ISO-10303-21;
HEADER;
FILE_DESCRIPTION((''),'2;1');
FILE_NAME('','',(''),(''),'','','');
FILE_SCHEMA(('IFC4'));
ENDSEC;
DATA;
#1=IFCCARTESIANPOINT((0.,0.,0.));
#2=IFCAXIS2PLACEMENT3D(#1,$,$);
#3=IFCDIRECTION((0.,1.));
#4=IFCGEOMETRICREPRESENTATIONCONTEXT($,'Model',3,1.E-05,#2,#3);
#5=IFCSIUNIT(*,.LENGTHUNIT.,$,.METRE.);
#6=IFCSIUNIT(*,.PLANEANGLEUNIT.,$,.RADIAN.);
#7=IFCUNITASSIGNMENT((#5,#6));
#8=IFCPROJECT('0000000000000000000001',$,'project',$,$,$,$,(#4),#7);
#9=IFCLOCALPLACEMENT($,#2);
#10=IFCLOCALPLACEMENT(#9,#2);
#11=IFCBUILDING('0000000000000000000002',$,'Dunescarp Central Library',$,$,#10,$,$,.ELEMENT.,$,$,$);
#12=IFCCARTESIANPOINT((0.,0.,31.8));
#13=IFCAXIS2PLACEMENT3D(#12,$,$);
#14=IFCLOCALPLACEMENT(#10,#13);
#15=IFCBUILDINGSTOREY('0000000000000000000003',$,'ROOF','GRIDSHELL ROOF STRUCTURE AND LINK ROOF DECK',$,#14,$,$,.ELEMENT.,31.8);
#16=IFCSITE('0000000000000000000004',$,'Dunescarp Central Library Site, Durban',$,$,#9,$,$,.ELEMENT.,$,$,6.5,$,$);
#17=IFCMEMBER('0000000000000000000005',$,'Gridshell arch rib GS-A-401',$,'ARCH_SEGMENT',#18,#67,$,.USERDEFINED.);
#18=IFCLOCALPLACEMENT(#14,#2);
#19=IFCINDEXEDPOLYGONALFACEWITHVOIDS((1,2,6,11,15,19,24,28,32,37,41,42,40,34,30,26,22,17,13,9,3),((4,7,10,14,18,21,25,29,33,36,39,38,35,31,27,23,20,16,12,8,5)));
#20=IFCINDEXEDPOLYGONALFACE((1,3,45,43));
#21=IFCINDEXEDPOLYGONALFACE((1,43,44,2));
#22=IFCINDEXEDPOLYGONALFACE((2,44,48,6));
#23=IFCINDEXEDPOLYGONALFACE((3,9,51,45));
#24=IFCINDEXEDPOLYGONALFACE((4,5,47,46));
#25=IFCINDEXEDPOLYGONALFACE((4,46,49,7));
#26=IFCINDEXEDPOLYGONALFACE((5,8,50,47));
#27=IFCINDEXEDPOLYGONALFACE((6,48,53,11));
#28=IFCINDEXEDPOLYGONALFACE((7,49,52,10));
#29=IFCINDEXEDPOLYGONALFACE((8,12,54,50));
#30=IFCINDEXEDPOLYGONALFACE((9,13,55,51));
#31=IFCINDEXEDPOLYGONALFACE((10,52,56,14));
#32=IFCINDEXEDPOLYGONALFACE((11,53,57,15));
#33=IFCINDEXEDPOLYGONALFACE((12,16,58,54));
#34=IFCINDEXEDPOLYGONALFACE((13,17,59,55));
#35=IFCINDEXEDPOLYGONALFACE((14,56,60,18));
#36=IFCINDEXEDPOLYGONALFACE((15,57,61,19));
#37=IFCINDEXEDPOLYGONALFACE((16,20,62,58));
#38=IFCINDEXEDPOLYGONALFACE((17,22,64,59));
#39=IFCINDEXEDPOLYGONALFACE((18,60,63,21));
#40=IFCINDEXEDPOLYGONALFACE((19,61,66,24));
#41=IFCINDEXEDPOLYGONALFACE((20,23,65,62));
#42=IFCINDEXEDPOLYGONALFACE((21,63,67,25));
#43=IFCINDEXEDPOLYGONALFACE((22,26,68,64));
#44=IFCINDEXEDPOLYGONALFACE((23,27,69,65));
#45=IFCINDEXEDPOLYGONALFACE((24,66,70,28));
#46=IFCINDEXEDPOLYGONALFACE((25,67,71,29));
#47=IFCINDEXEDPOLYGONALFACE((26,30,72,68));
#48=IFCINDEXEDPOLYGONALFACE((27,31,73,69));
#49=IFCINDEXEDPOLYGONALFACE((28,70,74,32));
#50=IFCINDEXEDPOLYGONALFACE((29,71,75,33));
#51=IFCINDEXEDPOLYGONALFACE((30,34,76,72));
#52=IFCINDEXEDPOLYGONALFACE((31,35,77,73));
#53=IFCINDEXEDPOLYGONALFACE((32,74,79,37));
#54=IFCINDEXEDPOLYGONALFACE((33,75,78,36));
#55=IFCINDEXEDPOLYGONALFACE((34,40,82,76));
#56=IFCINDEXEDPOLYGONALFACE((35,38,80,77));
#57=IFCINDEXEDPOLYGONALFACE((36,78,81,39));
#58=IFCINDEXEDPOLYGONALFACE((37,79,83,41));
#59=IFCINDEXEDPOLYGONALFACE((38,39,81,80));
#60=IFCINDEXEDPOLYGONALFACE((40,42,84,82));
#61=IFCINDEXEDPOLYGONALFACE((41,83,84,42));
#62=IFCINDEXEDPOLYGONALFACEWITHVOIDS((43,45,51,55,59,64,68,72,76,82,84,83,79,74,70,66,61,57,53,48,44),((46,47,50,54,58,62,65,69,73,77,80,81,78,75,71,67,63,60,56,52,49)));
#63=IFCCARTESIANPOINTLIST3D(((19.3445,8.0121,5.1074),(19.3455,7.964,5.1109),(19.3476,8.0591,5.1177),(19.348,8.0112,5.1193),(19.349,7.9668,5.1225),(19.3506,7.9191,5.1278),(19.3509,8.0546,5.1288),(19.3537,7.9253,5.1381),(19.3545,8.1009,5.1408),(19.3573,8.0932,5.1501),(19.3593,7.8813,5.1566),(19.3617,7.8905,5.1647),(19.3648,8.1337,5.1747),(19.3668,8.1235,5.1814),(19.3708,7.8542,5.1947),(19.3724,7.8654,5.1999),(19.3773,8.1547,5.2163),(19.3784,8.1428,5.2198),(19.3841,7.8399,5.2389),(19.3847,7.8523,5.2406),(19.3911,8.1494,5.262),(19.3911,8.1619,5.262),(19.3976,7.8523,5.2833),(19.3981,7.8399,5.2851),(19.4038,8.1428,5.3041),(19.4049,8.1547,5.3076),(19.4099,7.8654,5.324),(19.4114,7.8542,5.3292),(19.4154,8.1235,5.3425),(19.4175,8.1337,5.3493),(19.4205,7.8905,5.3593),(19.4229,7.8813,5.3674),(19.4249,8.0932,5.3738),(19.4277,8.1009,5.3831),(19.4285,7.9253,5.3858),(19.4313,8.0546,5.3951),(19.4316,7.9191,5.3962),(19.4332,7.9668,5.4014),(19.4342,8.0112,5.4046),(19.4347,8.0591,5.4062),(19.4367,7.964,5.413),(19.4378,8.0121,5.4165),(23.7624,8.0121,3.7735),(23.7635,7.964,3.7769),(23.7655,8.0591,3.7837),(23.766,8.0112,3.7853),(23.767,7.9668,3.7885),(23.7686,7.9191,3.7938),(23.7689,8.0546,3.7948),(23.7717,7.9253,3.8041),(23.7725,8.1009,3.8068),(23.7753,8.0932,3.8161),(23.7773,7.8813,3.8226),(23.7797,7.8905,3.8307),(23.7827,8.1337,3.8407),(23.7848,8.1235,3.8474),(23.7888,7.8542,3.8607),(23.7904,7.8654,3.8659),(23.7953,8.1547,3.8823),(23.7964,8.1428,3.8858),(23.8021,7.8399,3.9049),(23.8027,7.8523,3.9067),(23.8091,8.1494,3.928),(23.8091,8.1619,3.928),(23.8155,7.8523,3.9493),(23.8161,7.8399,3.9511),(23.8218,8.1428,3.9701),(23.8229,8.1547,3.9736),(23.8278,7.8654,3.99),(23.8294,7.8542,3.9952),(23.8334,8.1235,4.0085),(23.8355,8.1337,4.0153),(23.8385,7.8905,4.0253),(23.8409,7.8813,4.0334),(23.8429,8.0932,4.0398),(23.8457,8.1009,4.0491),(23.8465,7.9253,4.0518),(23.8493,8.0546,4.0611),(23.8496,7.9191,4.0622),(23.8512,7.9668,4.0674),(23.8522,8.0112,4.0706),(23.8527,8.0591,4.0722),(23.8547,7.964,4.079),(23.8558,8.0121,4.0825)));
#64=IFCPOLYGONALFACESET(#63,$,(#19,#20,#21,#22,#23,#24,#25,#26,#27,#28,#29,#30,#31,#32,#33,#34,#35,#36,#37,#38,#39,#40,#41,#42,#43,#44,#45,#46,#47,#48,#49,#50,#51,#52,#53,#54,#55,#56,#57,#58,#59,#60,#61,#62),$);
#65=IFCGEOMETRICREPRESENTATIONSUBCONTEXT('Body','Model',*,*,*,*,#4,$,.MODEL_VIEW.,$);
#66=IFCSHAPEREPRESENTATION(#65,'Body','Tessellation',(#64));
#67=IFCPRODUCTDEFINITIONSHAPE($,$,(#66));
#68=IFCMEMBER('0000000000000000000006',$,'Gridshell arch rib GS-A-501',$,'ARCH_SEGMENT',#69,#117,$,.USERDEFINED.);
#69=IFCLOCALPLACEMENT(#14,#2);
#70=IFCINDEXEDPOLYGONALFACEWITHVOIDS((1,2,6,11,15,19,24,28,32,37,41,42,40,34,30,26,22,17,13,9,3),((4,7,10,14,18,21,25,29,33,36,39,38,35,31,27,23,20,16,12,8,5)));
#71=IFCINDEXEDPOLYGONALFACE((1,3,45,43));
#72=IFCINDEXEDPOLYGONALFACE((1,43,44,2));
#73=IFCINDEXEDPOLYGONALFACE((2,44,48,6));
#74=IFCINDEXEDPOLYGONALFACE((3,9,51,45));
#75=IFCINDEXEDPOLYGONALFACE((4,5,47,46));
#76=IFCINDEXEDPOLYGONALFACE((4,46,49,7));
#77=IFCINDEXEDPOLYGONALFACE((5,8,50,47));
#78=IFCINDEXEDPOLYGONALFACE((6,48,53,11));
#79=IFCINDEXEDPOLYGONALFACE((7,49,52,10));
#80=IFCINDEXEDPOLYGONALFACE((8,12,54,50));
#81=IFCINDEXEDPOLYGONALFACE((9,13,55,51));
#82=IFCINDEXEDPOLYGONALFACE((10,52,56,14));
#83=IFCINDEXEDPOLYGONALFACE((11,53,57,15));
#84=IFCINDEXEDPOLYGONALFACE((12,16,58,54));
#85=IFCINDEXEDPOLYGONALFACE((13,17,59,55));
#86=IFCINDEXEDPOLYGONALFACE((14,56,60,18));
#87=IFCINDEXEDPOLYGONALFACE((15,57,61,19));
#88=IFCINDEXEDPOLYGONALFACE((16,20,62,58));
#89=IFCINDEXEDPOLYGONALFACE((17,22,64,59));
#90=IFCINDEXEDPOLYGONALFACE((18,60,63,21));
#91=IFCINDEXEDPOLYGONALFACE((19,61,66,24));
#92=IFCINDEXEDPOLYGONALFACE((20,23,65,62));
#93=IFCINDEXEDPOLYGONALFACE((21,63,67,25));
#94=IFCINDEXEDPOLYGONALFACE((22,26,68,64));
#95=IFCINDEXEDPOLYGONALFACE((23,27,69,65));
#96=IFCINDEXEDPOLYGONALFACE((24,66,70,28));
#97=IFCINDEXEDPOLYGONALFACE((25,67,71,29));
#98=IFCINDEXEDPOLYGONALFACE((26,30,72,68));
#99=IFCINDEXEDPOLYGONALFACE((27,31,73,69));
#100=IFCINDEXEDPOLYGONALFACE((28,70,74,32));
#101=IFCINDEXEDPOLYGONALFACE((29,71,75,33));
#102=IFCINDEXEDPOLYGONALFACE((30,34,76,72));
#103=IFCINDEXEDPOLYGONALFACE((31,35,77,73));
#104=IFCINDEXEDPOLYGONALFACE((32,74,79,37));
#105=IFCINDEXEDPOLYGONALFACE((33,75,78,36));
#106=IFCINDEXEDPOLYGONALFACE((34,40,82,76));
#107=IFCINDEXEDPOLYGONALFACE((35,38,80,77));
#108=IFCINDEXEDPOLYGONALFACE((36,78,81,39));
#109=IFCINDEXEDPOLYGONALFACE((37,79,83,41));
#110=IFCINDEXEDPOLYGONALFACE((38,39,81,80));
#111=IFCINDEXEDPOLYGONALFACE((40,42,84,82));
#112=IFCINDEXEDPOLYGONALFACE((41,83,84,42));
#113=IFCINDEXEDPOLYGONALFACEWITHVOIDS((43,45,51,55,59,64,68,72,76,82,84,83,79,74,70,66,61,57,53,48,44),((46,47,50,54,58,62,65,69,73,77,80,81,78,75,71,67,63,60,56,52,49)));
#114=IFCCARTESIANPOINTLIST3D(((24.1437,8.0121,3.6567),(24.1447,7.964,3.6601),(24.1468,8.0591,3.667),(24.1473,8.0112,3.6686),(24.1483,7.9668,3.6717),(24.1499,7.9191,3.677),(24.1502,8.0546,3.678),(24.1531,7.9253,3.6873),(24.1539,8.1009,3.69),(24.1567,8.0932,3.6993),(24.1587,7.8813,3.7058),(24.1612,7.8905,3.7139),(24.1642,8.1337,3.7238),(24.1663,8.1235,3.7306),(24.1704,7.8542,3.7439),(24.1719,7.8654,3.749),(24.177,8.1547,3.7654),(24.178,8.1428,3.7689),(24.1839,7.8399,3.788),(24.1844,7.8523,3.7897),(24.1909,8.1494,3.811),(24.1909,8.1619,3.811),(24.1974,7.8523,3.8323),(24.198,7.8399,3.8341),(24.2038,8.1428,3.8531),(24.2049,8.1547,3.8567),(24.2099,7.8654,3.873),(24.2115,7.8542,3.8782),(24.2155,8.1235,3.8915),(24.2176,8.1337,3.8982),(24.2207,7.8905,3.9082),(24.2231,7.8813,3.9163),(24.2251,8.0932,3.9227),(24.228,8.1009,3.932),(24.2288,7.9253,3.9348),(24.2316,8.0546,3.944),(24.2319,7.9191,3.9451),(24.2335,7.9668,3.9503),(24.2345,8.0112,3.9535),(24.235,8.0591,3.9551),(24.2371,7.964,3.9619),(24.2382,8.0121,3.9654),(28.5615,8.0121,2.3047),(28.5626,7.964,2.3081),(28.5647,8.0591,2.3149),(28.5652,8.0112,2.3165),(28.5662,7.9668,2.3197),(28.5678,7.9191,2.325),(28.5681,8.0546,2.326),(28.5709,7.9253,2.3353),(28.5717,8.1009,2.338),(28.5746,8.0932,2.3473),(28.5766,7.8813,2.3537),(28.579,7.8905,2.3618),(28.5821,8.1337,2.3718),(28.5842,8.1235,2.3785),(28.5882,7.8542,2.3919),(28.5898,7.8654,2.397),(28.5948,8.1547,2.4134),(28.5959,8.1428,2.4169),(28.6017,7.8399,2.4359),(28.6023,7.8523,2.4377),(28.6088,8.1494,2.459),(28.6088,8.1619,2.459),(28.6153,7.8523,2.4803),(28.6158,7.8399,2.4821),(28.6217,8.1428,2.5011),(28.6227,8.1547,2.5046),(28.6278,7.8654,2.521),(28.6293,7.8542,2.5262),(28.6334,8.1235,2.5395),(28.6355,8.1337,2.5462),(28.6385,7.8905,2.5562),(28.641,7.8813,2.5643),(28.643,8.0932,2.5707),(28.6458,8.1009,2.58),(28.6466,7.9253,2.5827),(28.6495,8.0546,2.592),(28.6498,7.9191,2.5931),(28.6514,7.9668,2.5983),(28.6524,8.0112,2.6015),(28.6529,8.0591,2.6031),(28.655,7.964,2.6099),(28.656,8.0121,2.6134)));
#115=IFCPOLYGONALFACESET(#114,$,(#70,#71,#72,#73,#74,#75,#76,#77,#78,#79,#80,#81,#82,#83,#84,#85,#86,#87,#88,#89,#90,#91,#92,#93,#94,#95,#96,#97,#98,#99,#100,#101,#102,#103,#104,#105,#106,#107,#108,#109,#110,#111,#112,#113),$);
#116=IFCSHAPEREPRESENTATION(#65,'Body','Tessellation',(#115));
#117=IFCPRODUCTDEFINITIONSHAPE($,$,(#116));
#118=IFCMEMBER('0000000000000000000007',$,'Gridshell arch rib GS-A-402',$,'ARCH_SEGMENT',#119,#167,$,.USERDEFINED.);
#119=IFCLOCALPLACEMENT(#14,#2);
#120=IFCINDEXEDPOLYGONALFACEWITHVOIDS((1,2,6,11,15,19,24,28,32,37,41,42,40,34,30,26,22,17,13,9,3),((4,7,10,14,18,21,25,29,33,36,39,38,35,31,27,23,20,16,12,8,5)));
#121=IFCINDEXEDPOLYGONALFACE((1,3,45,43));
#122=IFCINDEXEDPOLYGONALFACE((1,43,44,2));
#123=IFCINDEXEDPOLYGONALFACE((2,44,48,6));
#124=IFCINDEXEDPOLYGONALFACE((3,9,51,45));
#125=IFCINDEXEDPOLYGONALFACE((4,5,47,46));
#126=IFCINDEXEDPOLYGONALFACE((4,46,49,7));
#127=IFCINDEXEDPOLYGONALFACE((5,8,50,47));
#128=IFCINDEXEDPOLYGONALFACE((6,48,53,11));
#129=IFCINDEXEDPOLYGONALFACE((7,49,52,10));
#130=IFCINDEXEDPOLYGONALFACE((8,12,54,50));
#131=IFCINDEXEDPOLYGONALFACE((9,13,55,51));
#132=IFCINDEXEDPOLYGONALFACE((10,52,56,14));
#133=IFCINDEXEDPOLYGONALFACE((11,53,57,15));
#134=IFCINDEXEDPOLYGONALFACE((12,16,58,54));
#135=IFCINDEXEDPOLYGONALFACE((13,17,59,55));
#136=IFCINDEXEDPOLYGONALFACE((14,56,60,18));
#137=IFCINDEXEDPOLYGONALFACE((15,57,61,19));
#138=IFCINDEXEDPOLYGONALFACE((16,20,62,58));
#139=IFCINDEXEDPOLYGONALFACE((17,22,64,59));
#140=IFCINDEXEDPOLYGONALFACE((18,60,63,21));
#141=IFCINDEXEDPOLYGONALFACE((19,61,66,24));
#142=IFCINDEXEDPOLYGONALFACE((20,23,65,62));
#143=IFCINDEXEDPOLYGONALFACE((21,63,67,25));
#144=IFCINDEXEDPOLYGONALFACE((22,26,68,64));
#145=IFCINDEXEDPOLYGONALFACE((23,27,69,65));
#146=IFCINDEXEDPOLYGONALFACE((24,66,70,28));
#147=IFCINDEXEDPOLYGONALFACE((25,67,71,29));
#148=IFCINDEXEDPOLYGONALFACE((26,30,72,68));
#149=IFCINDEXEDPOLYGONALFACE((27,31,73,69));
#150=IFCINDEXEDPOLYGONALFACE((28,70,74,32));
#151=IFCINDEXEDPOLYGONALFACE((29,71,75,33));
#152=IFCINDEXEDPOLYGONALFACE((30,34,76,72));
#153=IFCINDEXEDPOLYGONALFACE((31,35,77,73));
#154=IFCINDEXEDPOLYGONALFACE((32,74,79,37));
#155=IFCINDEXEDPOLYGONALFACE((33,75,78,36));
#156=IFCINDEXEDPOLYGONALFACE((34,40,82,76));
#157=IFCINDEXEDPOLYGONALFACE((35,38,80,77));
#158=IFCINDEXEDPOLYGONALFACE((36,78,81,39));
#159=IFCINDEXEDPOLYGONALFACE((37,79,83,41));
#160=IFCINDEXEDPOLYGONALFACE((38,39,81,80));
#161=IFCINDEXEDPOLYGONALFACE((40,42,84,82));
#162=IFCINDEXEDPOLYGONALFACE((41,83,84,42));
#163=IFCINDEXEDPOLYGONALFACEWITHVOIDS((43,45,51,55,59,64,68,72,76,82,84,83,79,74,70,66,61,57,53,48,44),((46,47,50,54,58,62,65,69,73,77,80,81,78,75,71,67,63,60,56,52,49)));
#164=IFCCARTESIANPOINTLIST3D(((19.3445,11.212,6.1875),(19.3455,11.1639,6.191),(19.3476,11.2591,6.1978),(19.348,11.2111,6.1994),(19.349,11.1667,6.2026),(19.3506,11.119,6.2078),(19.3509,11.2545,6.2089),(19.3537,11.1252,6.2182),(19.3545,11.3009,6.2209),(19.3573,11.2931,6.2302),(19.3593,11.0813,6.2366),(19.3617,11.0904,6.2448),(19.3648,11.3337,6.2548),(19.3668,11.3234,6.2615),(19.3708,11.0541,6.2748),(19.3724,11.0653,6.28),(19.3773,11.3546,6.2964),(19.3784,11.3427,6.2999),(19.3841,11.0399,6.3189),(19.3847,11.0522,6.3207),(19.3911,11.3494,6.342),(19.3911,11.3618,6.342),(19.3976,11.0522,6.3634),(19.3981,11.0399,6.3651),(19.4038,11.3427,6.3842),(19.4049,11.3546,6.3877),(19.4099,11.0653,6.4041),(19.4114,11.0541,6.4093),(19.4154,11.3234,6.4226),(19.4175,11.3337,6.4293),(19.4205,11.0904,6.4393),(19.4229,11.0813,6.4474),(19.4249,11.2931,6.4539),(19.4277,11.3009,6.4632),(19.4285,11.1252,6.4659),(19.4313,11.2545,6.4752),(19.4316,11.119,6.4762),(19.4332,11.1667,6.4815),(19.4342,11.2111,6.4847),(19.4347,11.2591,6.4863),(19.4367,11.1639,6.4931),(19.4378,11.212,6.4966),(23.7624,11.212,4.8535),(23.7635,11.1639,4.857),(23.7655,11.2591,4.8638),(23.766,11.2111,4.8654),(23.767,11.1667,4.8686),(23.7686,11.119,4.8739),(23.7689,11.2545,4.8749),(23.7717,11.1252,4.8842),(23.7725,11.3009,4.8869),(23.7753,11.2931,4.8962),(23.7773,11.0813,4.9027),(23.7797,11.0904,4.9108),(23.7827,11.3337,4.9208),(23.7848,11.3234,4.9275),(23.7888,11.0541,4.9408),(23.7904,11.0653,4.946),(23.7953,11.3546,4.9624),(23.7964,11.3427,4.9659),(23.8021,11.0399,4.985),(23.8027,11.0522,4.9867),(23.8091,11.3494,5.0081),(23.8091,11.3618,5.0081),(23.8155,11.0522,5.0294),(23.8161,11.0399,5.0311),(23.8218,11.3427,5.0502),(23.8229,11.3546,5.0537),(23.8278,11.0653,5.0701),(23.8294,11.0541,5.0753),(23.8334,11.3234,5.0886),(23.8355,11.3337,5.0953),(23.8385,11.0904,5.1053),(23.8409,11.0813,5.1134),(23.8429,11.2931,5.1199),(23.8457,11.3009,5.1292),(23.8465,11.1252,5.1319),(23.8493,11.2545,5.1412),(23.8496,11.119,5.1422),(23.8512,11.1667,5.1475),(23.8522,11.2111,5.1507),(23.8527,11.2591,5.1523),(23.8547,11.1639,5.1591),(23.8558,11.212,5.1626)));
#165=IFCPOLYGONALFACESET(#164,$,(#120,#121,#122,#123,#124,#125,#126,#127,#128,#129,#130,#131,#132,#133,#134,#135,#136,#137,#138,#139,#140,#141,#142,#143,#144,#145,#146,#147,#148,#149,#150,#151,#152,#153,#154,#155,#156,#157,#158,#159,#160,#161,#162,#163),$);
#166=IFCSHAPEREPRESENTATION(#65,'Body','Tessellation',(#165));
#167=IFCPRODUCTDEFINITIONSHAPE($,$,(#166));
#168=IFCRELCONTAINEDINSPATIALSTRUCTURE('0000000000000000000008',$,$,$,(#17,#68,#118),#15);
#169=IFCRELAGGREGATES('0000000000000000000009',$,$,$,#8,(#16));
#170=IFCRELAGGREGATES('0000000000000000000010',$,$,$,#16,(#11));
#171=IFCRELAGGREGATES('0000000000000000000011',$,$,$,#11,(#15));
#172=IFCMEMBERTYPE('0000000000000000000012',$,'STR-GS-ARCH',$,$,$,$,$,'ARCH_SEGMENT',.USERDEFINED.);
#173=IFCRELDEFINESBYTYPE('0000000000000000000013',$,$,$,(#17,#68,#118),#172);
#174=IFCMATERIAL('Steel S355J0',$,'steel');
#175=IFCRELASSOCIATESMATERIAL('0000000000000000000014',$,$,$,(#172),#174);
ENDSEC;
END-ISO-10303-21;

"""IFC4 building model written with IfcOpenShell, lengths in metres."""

from ifc_helpers import new_model, si_unit, direction, frame, origin, origin_2d, place, context, subcontext, project, spatial, hollow_circle, extrude, material, material_profile, profile_set, type_object, element, save


model = new_model("IFC4")

# Units and contexts
model_context = context("Model", 3, precision=1e-05, world=origin(), true_north=direction((0.0, 1.0)))
body_context = subcontext(model_context, "Body", "Model", "MODEL_VIEW")
ifc_project = project(units=[si_unit("LENGTHUNIT", "METRE"), si_unit("PLANEANGLEUNIT", "RADIAN")], contexts=[model_context])

# Site, building, storey
site_placement = place(None, origin())
site = spatial("IfcSite", under=ifc_project, at=site_placement, Name="Dunescarp Central Library Site, Durban", CompositionType="ELEMENT", RefElevation=6.5)
building_placement = place(site_placement, origin())
building = spatial("IfcBuilding", under=site, at=building_placement, Name="Dunescarp Central Library", CompositionType="ELEMENT")
storey_placement = place(building_placement, frame((0.0, 0.0, 31.8)))
storey = spatial("IfcBuildingStorey", under=building, at=storey_placement, Name="ROOF", Description="GRIDSHELL ROOF STRUCTURE AND LINK ROOF DECK", CompositionType="ELEMENT", Elevation=31.8)

# Members
ifc_material_1 = material(Name="Steel S355J0", Category="steel")
ifc_material_profile_1 = material_profile(ifc_material_1, hollow_circle(Radius=0.1619, WallThickness=0.0125, at=origin_2d()), Name="CHS 323.9x12.5")
ifc_profile_set_1 = profile_set([ifc_material_profile_1], Name="Steel S355J0")
member_type_1 = type_object("IfcMemberType", Name="STR-GS-ARCH", ElementType="ARCH_SEGMENT", PredefinedType="USERDEFINED", material=ifc_profile_set_1)
member_1_placement = place(storey_placement, frame((19.3911, 8.0, 5.262), z_axis=(0.957312, 0.0, -0.289056), x_axis=(0.0, 1.0, 0.0)))
element("IfcMember", 1, at=member_1_placement, inside=storey, type_object=member_type_1, Name="Gridshell arch rib GS-A-401", ObjectType="ARCH_SEGMENT", PredefinedType="USERDEFINED", context=body_context, shape_type="SweptSolid", body=[
    extrude(hollow_circle(Radius=0.1619, WallThickness=0.0125, at=origin_2d()), origin(), (0.0, 0.0, 1.0), 4.615),
])
member_2_placement = place(storey_placement, frame((24.1909, 8.0, 3.811), z_axis=(0.956223, 0.0, -0.292637), x_axis=(0.0, 1.0, 0.0)))
element("IfcMember", 2, at=member_2_placement, inside=storey, type_object=member_type_1, Name="Gridshell arch rib GS-A-501", ObjectType="ARCH_SEGMENT", PredefinedType="USERDEFINED", context=body_context, shape_type="SweptSolid", body=[
    extrude(hollow_circle(Radius=0.1619, WallThickness=0.0125, at=origin_2d()), origin(), (0.0, 0.0, 1.0), 4.6201),
])
member_3_placement = place(storey_placement, frame((19.3911, 11.2, 6.342), z_axis=(0.957312, 0.0, -0.289056), x_axis=(0.0, 1.0, 0.0)))
element("IfcMember", 3, at=member_3_placement, inside=storey, type_object=member_type_1, Name="Gridshell arch rib GS-A-402", ObjectType="ARCH_SEGMENT", PredefinedType="USERDEFINED", context=body_context, shape_type="SweptSolid", body=[
    extrude(hollow_circle(Radius=0.1619, WallThickness=0.0125, at=origin_2d()), origin(), (0.0, 0.0, 1.0), 4.615),
])

save(model, "model.ifc")
